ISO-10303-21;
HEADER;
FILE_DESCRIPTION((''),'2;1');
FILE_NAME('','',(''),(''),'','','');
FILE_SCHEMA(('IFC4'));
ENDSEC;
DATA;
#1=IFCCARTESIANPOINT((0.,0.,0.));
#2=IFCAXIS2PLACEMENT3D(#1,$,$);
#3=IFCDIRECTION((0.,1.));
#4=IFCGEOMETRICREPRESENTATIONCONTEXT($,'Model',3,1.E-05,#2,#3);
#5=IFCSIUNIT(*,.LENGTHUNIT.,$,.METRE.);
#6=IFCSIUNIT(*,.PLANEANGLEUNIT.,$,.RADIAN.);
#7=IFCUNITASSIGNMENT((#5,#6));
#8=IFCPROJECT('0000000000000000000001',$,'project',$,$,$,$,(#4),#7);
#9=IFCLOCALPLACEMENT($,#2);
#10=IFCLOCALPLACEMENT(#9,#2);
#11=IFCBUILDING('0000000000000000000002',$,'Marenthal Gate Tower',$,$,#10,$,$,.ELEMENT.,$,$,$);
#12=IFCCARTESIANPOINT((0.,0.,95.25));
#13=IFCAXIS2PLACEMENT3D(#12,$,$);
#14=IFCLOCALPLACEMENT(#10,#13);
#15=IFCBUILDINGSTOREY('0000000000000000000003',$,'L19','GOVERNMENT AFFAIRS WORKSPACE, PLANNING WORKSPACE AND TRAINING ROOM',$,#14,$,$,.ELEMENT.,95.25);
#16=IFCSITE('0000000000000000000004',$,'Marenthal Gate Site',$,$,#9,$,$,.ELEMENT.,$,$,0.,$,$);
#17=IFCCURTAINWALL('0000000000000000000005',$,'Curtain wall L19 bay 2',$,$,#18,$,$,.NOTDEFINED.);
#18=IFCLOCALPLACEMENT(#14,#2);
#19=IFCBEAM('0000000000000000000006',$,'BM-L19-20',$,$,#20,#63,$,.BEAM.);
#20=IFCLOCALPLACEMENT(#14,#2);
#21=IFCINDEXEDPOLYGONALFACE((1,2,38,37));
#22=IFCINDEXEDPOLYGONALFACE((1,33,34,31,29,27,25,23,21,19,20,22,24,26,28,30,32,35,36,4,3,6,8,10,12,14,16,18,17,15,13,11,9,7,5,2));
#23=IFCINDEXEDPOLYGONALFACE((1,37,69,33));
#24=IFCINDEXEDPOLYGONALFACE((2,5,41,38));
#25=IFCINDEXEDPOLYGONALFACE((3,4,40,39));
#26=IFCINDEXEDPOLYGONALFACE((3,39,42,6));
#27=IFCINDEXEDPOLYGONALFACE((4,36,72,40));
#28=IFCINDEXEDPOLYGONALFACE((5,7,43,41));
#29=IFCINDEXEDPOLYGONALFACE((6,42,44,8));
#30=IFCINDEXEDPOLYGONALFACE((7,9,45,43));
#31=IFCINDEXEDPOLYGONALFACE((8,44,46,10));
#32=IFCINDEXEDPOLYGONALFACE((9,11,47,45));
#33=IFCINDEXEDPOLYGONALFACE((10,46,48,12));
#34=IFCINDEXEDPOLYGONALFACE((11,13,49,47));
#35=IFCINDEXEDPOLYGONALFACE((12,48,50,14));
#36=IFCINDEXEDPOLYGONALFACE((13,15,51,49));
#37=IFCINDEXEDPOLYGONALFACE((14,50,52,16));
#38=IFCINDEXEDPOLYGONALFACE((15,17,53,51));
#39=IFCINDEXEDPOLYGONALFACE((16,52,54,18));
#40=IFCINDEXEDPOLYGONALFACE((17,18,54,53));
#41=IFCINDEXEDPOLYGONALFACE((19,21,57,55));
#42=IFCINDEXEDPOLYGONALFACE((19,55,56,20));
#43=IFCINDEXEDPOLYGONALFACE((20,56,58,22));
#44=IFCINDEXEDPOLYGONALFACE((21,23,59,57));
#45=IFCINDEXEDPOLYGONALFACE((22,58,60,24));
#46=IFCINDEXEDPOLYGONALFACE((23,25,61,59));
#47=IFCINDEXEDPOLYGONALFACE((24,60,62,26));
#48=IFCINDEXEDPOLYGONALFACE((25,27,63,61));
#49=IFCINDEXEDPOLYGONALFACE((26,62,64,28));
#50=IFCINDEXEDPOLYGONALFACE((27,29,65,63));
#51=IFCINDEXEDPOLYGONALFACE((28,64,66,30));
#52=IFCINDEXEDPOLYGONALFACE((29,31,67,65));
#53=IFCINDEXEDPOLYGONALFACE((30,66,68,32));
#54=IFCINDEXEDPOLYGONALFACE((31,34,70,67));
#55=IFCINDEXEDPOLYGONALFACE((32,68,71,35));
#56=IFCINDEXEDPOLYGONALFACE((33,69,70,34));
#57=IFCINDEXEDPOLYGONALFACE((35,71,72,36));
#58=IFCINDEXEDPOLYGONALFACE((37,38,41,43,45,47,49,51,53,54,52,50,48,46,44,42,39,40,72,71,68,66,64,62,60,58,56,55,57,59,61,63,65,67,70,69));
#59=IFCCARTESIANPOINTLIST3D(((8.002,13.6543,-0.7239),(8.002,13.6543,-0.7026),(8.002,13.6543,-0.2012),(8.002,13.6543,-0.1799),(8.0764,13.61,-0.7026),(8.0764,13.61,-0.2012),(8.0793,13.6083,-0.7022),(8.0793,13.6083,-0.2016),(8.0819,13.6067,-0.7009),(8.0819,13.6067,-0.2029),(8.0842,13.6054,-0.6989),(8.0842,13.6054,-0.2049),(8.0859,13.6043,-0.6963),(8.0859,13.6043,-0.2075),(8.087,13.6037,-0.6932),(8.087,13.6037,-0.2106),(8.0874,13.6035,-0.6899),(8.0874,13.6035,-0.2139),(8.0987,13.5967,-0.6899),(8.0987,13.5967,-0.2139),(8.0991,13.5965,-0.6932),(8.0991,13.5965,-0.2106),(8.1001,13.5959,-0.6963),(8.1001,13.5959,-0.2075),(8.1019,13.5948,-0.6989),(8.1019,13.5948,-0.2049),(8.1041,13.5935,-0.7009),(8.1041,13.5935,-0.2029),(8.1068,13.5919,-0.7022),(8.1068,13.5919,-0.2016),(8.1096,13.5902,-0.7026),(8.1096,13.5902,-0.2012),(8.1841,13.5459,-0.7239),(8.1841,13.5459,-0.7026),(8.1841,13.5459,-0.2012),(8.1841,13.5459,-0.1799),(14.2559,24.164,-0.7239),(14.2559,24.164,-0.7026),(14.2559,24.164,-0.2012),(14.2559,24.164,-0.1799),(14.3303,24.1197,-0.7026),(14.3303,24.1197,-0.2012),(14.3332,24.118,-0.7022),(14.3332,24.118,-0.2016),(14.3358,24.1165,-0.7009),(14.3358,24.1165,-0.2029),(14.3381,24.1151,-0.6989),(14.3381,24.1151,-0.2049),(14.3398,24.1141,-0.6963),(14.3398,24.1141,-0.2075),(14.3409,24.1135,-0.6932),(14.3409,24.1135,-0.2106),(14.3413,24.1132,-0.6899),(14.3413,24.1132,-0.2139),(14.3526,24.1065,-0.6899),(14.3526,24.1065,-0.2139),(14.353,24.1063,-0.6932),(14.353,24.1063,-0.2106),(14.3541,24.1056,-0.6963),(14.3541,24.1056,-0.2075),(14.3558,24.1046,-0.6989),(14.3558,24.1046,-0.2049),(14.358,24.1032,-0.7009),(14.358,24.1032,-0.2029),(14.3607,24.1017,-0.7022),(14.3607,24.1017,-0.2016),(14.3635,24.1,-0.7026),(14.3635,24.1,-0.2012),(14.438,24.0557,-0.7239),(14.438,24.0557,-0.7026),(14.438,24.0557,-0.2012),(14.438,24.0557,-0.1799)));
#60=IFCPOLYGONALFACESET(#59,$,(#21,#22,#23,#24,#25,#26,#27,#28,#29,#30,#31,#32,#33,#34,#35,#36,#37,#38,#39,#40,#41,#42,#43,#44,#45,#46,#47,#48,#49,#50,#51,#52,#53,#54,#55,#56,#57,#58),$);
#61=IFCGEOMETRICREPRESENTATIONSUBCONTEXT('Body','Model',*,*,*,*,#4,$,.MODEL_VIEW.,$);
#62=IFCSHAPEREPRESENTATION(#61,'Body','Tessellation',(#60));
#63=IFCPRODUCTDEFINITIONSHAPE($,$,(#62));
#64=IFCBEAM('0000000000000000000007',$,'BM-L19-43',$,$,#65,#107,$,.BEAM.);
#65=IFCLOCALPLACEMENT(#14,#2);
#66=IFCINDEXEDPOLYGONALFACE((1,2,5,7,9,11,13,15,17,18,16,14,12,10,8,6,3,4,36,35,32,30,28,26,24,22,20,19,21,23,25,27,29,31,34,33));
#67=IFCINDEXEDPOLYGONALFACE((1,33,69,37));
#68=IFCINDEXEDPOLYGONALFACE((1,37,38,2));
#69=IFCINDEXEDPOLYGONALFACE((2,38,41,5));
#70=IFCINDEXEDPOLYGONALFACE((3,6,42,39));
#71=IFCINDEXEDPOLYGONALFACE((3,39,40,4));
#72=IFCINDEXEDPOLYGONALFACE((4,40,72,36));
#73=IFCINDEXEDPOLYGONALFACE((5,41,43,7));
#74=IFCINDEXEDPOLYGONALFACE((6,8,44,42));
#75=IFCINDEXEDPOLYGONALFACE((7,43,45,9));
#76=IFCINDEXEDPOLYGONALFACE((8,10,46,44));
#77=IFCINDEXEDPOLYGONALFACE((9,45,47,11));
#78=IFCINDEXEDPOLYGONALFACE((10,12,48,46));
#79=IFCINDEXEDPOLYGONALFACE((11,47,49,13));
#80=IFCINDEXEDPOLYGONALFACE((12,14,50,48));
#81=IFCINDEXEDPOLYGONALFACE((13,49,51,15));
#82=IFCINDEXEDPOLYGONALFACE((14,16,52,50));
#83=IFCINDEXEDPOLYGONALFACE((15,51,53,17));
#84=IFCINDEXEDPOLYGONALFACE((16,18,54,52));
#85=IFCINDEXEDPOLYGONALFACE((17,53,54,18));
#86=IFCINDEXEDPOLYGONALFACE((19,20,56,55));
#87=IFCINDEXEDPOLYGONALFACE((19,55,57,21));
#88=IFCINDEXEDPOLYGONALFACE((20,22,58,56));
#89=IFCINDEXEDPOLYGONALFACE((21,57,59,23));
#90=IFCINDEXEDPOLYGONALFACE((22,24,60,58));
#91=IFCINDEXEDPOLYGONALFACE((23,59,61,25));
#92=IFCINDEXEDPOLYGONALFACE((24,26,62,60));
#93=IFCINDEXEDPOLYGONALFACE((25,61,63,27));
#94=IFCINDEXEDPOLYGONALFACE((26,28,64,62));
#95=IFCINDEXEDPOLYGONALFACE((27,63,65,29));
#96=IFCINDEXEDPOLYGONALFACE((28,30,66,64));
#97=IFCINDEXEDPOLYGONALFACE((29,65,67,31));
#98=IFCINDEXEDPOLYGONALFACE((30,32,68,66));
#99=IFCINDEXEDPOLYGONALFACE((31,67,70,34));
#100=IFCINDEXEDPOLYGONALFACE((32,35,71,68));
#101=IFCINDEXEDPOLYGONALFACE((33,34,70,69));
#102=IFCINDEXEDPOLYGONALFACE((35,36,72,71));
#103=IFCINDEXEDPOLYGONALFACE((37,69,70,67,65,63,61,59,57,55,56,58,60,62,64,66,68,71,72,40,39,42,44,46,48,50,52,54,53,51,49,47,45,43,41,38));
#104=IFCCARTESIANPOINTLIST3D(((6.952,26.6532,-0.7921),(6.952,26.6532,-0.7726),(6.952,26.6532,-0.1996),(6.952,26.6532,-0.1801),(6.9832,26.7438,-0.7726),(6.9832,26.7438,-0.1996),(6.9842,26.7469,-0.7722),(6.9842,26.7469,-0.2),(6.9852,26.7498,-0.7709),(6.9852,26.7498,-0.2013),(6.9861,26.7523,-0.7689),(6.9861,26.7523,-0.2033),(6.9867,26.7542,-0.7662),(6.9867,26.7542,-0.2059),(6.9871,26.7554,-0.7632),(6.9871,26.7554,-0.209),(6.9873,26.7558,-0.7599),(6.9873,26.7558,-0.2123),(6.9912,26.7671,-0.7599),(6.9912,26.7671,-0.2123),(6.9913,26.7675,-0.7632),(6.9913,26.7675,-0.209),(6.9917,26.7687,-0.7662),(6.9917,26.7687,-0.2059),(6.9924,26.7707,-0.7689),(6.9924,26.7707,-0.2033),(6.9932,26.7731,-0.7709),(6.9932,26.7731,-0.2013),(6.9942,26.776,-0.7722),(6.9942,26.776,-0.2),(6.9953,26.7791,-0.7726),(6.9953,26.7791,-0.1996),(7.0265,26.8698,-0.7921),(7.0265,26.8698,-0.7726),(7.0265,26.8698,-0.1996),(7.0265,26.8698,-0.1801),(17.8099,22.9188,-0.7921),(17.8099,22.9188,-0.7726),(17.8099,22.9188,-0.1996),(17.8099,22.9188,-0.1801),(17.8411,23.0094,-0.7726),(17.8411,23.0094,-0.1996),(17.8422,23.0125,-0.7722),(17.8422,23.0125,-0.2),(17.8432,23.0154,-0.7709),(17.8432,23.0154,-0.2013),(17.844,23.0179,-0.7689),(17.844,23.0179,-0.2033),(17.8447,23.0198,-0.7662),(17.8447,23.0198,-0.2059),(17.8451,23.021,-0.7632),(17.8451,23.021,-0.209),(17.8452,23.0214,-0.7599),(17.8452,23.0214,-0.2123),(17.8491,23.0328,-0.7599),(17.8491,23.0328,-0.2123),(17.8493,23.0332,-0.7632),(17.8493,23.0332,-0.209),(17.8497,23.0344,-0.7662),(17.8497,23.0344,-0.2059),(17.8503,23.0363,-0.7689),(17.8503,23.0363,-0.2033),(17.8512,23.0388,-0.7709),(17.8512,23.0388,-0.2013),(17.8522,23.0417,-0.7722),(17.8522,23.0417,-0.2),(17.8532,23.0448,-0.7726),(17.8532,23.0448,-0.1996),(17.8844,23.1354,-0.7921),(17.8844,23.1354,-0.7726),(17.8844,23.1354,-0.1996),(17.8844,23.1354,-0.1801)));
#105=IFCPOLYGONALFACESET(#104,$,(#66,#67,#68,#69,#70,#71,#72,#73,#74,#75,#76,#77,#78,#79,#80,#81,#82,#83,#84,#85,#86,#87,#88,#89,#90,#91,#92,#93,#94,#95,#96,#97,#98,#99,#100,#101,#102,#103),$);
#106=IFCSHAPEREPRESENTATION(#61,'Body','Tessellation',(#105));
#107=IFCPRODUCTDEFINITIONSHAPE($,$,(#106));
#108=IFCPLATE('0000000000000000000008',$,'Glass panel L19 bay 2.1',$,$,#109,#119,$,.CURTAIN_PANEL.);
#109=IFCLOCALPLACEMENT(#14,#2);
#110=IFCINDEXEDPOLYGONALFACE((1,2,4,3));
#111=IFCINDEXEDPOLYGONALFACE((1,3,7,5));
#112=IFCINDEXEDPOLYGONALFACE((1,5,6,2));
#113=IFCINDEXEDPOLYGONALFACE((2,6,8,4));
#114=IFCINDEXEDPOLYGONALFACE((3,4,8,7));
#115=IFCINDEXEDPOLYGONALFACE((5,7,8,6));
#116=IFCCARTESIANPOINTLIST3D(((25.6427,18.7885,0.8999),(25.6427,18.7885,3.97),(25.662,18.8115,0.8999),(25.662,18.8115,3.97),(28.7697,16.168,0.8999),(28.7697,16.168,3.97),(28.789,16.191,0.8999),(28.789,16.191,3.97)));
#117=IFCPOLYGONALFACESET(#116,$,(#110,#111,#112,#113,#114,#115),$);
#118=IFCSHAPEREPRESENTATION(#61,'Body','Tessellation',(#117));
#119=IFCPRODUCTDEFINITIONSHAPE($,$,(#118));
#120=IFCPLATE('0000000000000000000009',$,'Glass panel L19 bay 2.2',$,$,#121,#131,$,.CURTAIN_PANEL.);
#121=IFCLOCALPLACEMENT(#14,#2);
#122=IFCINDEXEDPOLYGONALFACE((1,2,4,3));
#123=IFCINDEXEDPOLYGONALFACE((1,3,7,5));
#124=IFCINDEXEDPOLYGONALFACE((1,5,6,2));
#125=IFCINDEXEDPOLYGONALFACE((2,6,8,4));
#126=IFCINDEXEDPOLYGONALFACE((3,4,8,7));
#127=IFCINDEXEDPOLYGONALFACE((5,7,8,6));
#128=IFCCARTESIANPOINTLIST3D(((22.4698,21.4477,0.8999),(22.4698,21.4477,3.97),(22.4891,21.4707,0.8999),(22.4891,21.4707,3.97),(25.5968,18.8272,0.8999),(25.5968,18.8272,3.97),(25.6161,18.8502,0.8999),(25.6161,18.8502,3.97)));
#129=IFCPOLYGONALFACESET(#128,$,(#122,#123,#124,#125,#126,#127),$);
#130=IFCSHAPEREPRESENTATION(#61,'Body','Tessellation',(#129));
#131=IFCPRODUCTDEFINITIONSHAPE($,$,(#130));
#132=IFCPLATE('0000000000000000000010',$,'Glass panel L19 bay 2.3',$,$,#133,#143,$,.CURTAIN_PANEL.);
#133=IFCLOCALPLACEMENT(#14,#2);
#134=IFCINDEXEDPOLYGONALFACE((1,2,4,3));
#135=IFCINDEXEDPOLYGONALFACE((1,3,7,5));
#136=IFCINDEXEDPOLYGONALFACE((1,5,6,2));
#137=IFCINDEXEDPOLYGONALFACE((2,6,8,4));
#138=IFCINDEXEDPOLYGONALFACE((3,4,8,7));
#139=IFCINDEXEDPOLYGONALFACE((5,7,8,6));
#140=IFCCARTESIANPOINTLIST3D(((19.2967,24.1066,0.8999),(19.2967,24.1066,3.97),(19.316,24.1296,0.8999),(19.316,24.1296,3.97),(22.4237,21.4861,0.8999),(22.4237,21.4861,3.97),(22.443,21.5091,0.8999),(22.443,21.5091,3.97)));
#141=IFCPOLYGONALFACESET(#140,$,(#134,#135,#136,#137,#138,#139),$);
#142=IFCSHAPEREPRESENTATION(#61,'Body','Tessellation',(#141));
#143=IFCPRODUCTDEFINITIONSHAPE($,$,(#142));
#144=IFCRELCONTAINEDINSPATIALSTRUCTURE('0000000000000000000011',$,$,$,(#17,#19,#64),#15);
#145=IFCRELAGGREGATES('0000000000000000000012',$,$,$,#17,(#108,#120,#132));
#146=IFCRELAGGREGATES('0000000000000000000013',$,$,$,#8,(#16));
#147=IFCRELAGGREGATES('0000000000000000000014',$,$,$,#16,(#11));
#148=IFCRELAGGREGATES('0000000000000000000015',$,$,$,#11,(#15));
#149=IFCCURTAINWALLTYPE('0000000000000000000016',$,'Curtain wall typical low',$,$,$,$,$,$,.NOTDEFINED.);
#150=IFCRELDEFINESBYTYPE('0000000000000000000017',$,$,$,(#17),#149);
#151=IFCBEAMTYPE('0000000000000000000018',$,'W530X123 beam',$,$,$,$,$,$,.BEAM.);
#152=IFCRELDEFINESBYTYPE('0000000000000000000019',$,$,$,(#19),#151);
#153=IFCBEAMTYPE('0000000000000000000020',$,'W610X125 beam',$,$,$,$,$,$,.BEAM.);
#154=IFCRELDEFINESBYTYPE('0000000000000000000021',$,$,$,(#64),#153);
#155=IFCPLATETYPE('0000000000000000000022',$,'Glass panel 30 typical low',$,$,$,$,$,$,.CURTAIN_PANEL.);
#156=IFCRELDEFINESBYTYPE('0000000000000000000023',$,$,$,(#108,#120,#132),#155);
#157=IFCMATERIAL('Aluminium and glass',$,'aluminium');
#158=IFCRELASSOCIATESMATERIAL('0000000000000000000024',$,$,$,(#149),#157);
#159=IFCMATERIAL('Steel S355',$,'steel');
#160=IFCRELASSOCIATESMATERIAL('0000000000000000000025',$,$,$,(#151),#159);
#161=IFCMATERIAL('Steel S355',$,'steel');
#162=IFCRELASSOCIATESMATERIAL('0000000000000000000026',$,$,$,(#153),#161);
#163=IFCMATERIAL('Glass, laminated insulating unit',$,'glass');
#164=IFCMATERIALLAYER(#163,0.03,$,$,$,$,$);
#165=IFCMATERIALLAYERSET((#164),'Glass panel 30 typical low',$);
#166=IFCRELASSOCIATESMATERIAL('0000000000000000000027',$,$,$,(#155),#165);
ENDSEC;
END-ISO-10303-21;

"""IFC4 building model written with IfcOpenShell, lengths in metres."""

from ifc_helpers import new_model, si_unit, direction, frame, origin, origin_2d, place, context, subcontext, project, spatial, rectangle, i_section, extrude, material, layer, layer_set, material_profile, profile_set, type_object, element, aggregate, save


model = new_model("IFC4")

# Units and contexts
model_context = context("Model", 3, precision=1e-05, world=origin(), true_north=direction((0.0, 1.0)))
body_context = subcontext(model_context, "Body", "Model", "MODEL_VIEW")
ifc_project = project(units=[si_unit("LENGTHUNIT", "METRE"), si_unit("PLANEANGLEUNIT", "RADIAN")], contexts=[model_context])

# Site, building, storey
site_placement = place(None, origin())
site = spatial("IfcSite", under=ifc_project, at=site_placement, Name="Marenthal Gate Site", CompositionType="ELEMENT", RefElevation=0.0)
building_placement = place(site_placement, origin())
building = spatial("IfcBuilding", under=site, at=building_placement, Name="Marenthal Gate Tower", CompositionType="ELEMENT")
storey_placement = place(building_placement, frame((0.0, 0.0, 95.25)))
storey = spatial("IfcBuildingStorey", under=building, at=storey_placement, Name="L19", Description="GOVERNMENT AFFAIRS WORKSPACE, PLANNING WORKSPACE AND TRAINING ROOM", CompositionType="ELEMENT", Elevation=95.25)

# Curtain wall
ifc_material_1 = material(Name="Aluminium and glass", Category="aluminium")
curtain_wall_type = type_object("IfcCurtainWallType", Name="Curtain wall typical low", PredefinedType="NOTDEFINED", material=ifc_material_1)
curtain_wall_placement = place(storey_placement, origin())
curtain_wall = element("IfcCurtainWall", 1, at=curtain_wall_placement, inside=storey, type_object=curtain_wall_type, Name="Curtain wall L19 bay 2", PredefinedType="NOTDEFINED")

# Beams
ifc_material_2 = material(Name="Steel S355", Category="steel")
ifc_material_profile_1 = material_profile(ifc_material_2, i_section(OverallWidth=0.2119, OverallDepth=0.5439, WebThickness=0.0132, FlangeThickness=0.0212, FilletRadius=0.0127, at=origin_2d()), Name="W530X123")
ifc_profile_set_1 = profile_set([ifc_material_profile_1], Name="Steel S355")
beam_type_1 = type_object("IfcBeamType", Name="W530X123 beam", PredefinedType="BEAM", material=ifc_profile_set_1)
beam_1_placement = place(storey_placement, frame((14.3469, 24.1099, -0.4519), z_axis=(-0.511369, -0.859361, 0.0), x_axis=(0.859361, -0.511369, 0.0)))
element("IfcBeam", 2, at=beam_1_placement, inside=storey, type_object=beam_type_1, Name="BM-L19-20", PredefinedType="BEAM", context=body_context, shape_type="SweptSolid", body=[
    extrude(i_section(OverallWidth=0.2119, OverallDepth=0.5439, WebThickness=0.0132, FlangeThickness=0.0212, FilletRadius=0.0127, at=origin_2d()), origin(), (0.0, 0.0, 1.0), 12.2297),
])
ifc_material_3 = material(Name="Steel S355", Category="steel")
ifc_material_profile_2 = material_profile(ifc_material_3, i_section(OverallWidth=0.229, OverallDepth=0.6121, WebThickness=0.012, FlangeThickness=0.0195, FilletRadius=0.0127, at=origin_2d()), Name="W610X125")
ifc_profile_set_2 = profile_set([ifc_material_profile_2], Name="Steel S355")
beam_type_2 = type_object("IfcBeamType", Name="W610X125 beam", PredefinedType="BEAM", material=ifc_profile_set_2)
beam_2_placement = place(storey_placement, frame((17.8472, 23.0271, -0.4861), z_axis=(-0.945634, 0.325233, 0.0), x_axis=(-0.325233, -0.945634, 0.0)))
element("IfcBeam", 3, at=beam_2_placement, inside=storey, type_object=beam_type_2, Name="BM-L19-43", PredefinedType="BEAM", context=body_context, shape_type="SweptSolid", body=[
    extrude(i_section(OverallWidth=0.229, OverallDepth=0.6121, WebThickness=0.012, FlangeThickness=0.0195, FilletRadius=0.0127, at=origin_2d()), origin(), (0.0, 0.0, 1.0), 11.4822),
])

# Plates
ifc_material_4 = material(Name="Glass, laminated insulating unit", Category="glass")
ifc_layer_1 = layer(ifc_material_4, 0.03)
ifc_layer_set_1 = layer_set([ifc_layer_1], Name="Glass panel 30 typical low")
plate_type = type_object("IfcPlateType", Name="Glass panel 30 typical low", PredefinedType="CURTAIN_PANEL", material=ifc_layer_set_1)
plate_1_placement = place(storey_placement, frame((27.2158, 17.4897, 0.8999), z_axis=(0.0, 0.0, 1.0), x_axis=(-0.766447, 0.642308, 0.0)))
plate_1 = element("IfcPlate", 4, at=plate_1_placement, type_object=plate_type, Name="Glass panel L19 bay 2.1", PredefinedType="CURTAIN_PANEL", context=body_context, shape_type="SweptSolid", body=[
    extrude(rectangle(XDim=4.0798, YDim=0.03, at=origin_2d()), origin(), (0.0, 0.0, 1.0), 3.0701),
])
plate_2_placement = place(storey_placement, frame((24.043, 20.1489, 0.8999), z_axis=(0.0, 0.0, 1.0), x_axis=(-0.766447, 0.642308, 0.0)))
plate_2 = element("IfcPlate", 5, at=plate_2_placement, type_object=plate_type, Name="Glass panel L19 bay 2.2", PredefinedType="CURTAIN_PANEL", context=body_context, shape_type="SweptSolid", body=[
    extrude(rectangle(XDim=4.0798, YDim=0.03, at=origin_2d()), origin(), (0.0, 0.0, 1.0), 3.0701),
])
plate_3_placement = place(storey_placement, frame((20.8699, 22.8079, 0.8999), z_axis=(0.0, 0.0, 1.0), x_axis=(-0.766447, 0.642308, 0.0)))
plate_3 = element("IfcPlate", 6, at=plate_3_placement, type_object=plate_type, Name="Glass panel L19 bay 2.3", PredefinedType="CURTAIN_PANEL", context=body_context, shape_type="SweptSolid", body=[
    extrude(rectangle(XDim=4.0798, YDim=0.03, at=origin_2d()), origin(), (0.0, 0.0, 1.0), 3.0701),
])
aggregate(curtain_wall, [plate_1, plate_2, plate_3])

save(model, "model.ifc")
